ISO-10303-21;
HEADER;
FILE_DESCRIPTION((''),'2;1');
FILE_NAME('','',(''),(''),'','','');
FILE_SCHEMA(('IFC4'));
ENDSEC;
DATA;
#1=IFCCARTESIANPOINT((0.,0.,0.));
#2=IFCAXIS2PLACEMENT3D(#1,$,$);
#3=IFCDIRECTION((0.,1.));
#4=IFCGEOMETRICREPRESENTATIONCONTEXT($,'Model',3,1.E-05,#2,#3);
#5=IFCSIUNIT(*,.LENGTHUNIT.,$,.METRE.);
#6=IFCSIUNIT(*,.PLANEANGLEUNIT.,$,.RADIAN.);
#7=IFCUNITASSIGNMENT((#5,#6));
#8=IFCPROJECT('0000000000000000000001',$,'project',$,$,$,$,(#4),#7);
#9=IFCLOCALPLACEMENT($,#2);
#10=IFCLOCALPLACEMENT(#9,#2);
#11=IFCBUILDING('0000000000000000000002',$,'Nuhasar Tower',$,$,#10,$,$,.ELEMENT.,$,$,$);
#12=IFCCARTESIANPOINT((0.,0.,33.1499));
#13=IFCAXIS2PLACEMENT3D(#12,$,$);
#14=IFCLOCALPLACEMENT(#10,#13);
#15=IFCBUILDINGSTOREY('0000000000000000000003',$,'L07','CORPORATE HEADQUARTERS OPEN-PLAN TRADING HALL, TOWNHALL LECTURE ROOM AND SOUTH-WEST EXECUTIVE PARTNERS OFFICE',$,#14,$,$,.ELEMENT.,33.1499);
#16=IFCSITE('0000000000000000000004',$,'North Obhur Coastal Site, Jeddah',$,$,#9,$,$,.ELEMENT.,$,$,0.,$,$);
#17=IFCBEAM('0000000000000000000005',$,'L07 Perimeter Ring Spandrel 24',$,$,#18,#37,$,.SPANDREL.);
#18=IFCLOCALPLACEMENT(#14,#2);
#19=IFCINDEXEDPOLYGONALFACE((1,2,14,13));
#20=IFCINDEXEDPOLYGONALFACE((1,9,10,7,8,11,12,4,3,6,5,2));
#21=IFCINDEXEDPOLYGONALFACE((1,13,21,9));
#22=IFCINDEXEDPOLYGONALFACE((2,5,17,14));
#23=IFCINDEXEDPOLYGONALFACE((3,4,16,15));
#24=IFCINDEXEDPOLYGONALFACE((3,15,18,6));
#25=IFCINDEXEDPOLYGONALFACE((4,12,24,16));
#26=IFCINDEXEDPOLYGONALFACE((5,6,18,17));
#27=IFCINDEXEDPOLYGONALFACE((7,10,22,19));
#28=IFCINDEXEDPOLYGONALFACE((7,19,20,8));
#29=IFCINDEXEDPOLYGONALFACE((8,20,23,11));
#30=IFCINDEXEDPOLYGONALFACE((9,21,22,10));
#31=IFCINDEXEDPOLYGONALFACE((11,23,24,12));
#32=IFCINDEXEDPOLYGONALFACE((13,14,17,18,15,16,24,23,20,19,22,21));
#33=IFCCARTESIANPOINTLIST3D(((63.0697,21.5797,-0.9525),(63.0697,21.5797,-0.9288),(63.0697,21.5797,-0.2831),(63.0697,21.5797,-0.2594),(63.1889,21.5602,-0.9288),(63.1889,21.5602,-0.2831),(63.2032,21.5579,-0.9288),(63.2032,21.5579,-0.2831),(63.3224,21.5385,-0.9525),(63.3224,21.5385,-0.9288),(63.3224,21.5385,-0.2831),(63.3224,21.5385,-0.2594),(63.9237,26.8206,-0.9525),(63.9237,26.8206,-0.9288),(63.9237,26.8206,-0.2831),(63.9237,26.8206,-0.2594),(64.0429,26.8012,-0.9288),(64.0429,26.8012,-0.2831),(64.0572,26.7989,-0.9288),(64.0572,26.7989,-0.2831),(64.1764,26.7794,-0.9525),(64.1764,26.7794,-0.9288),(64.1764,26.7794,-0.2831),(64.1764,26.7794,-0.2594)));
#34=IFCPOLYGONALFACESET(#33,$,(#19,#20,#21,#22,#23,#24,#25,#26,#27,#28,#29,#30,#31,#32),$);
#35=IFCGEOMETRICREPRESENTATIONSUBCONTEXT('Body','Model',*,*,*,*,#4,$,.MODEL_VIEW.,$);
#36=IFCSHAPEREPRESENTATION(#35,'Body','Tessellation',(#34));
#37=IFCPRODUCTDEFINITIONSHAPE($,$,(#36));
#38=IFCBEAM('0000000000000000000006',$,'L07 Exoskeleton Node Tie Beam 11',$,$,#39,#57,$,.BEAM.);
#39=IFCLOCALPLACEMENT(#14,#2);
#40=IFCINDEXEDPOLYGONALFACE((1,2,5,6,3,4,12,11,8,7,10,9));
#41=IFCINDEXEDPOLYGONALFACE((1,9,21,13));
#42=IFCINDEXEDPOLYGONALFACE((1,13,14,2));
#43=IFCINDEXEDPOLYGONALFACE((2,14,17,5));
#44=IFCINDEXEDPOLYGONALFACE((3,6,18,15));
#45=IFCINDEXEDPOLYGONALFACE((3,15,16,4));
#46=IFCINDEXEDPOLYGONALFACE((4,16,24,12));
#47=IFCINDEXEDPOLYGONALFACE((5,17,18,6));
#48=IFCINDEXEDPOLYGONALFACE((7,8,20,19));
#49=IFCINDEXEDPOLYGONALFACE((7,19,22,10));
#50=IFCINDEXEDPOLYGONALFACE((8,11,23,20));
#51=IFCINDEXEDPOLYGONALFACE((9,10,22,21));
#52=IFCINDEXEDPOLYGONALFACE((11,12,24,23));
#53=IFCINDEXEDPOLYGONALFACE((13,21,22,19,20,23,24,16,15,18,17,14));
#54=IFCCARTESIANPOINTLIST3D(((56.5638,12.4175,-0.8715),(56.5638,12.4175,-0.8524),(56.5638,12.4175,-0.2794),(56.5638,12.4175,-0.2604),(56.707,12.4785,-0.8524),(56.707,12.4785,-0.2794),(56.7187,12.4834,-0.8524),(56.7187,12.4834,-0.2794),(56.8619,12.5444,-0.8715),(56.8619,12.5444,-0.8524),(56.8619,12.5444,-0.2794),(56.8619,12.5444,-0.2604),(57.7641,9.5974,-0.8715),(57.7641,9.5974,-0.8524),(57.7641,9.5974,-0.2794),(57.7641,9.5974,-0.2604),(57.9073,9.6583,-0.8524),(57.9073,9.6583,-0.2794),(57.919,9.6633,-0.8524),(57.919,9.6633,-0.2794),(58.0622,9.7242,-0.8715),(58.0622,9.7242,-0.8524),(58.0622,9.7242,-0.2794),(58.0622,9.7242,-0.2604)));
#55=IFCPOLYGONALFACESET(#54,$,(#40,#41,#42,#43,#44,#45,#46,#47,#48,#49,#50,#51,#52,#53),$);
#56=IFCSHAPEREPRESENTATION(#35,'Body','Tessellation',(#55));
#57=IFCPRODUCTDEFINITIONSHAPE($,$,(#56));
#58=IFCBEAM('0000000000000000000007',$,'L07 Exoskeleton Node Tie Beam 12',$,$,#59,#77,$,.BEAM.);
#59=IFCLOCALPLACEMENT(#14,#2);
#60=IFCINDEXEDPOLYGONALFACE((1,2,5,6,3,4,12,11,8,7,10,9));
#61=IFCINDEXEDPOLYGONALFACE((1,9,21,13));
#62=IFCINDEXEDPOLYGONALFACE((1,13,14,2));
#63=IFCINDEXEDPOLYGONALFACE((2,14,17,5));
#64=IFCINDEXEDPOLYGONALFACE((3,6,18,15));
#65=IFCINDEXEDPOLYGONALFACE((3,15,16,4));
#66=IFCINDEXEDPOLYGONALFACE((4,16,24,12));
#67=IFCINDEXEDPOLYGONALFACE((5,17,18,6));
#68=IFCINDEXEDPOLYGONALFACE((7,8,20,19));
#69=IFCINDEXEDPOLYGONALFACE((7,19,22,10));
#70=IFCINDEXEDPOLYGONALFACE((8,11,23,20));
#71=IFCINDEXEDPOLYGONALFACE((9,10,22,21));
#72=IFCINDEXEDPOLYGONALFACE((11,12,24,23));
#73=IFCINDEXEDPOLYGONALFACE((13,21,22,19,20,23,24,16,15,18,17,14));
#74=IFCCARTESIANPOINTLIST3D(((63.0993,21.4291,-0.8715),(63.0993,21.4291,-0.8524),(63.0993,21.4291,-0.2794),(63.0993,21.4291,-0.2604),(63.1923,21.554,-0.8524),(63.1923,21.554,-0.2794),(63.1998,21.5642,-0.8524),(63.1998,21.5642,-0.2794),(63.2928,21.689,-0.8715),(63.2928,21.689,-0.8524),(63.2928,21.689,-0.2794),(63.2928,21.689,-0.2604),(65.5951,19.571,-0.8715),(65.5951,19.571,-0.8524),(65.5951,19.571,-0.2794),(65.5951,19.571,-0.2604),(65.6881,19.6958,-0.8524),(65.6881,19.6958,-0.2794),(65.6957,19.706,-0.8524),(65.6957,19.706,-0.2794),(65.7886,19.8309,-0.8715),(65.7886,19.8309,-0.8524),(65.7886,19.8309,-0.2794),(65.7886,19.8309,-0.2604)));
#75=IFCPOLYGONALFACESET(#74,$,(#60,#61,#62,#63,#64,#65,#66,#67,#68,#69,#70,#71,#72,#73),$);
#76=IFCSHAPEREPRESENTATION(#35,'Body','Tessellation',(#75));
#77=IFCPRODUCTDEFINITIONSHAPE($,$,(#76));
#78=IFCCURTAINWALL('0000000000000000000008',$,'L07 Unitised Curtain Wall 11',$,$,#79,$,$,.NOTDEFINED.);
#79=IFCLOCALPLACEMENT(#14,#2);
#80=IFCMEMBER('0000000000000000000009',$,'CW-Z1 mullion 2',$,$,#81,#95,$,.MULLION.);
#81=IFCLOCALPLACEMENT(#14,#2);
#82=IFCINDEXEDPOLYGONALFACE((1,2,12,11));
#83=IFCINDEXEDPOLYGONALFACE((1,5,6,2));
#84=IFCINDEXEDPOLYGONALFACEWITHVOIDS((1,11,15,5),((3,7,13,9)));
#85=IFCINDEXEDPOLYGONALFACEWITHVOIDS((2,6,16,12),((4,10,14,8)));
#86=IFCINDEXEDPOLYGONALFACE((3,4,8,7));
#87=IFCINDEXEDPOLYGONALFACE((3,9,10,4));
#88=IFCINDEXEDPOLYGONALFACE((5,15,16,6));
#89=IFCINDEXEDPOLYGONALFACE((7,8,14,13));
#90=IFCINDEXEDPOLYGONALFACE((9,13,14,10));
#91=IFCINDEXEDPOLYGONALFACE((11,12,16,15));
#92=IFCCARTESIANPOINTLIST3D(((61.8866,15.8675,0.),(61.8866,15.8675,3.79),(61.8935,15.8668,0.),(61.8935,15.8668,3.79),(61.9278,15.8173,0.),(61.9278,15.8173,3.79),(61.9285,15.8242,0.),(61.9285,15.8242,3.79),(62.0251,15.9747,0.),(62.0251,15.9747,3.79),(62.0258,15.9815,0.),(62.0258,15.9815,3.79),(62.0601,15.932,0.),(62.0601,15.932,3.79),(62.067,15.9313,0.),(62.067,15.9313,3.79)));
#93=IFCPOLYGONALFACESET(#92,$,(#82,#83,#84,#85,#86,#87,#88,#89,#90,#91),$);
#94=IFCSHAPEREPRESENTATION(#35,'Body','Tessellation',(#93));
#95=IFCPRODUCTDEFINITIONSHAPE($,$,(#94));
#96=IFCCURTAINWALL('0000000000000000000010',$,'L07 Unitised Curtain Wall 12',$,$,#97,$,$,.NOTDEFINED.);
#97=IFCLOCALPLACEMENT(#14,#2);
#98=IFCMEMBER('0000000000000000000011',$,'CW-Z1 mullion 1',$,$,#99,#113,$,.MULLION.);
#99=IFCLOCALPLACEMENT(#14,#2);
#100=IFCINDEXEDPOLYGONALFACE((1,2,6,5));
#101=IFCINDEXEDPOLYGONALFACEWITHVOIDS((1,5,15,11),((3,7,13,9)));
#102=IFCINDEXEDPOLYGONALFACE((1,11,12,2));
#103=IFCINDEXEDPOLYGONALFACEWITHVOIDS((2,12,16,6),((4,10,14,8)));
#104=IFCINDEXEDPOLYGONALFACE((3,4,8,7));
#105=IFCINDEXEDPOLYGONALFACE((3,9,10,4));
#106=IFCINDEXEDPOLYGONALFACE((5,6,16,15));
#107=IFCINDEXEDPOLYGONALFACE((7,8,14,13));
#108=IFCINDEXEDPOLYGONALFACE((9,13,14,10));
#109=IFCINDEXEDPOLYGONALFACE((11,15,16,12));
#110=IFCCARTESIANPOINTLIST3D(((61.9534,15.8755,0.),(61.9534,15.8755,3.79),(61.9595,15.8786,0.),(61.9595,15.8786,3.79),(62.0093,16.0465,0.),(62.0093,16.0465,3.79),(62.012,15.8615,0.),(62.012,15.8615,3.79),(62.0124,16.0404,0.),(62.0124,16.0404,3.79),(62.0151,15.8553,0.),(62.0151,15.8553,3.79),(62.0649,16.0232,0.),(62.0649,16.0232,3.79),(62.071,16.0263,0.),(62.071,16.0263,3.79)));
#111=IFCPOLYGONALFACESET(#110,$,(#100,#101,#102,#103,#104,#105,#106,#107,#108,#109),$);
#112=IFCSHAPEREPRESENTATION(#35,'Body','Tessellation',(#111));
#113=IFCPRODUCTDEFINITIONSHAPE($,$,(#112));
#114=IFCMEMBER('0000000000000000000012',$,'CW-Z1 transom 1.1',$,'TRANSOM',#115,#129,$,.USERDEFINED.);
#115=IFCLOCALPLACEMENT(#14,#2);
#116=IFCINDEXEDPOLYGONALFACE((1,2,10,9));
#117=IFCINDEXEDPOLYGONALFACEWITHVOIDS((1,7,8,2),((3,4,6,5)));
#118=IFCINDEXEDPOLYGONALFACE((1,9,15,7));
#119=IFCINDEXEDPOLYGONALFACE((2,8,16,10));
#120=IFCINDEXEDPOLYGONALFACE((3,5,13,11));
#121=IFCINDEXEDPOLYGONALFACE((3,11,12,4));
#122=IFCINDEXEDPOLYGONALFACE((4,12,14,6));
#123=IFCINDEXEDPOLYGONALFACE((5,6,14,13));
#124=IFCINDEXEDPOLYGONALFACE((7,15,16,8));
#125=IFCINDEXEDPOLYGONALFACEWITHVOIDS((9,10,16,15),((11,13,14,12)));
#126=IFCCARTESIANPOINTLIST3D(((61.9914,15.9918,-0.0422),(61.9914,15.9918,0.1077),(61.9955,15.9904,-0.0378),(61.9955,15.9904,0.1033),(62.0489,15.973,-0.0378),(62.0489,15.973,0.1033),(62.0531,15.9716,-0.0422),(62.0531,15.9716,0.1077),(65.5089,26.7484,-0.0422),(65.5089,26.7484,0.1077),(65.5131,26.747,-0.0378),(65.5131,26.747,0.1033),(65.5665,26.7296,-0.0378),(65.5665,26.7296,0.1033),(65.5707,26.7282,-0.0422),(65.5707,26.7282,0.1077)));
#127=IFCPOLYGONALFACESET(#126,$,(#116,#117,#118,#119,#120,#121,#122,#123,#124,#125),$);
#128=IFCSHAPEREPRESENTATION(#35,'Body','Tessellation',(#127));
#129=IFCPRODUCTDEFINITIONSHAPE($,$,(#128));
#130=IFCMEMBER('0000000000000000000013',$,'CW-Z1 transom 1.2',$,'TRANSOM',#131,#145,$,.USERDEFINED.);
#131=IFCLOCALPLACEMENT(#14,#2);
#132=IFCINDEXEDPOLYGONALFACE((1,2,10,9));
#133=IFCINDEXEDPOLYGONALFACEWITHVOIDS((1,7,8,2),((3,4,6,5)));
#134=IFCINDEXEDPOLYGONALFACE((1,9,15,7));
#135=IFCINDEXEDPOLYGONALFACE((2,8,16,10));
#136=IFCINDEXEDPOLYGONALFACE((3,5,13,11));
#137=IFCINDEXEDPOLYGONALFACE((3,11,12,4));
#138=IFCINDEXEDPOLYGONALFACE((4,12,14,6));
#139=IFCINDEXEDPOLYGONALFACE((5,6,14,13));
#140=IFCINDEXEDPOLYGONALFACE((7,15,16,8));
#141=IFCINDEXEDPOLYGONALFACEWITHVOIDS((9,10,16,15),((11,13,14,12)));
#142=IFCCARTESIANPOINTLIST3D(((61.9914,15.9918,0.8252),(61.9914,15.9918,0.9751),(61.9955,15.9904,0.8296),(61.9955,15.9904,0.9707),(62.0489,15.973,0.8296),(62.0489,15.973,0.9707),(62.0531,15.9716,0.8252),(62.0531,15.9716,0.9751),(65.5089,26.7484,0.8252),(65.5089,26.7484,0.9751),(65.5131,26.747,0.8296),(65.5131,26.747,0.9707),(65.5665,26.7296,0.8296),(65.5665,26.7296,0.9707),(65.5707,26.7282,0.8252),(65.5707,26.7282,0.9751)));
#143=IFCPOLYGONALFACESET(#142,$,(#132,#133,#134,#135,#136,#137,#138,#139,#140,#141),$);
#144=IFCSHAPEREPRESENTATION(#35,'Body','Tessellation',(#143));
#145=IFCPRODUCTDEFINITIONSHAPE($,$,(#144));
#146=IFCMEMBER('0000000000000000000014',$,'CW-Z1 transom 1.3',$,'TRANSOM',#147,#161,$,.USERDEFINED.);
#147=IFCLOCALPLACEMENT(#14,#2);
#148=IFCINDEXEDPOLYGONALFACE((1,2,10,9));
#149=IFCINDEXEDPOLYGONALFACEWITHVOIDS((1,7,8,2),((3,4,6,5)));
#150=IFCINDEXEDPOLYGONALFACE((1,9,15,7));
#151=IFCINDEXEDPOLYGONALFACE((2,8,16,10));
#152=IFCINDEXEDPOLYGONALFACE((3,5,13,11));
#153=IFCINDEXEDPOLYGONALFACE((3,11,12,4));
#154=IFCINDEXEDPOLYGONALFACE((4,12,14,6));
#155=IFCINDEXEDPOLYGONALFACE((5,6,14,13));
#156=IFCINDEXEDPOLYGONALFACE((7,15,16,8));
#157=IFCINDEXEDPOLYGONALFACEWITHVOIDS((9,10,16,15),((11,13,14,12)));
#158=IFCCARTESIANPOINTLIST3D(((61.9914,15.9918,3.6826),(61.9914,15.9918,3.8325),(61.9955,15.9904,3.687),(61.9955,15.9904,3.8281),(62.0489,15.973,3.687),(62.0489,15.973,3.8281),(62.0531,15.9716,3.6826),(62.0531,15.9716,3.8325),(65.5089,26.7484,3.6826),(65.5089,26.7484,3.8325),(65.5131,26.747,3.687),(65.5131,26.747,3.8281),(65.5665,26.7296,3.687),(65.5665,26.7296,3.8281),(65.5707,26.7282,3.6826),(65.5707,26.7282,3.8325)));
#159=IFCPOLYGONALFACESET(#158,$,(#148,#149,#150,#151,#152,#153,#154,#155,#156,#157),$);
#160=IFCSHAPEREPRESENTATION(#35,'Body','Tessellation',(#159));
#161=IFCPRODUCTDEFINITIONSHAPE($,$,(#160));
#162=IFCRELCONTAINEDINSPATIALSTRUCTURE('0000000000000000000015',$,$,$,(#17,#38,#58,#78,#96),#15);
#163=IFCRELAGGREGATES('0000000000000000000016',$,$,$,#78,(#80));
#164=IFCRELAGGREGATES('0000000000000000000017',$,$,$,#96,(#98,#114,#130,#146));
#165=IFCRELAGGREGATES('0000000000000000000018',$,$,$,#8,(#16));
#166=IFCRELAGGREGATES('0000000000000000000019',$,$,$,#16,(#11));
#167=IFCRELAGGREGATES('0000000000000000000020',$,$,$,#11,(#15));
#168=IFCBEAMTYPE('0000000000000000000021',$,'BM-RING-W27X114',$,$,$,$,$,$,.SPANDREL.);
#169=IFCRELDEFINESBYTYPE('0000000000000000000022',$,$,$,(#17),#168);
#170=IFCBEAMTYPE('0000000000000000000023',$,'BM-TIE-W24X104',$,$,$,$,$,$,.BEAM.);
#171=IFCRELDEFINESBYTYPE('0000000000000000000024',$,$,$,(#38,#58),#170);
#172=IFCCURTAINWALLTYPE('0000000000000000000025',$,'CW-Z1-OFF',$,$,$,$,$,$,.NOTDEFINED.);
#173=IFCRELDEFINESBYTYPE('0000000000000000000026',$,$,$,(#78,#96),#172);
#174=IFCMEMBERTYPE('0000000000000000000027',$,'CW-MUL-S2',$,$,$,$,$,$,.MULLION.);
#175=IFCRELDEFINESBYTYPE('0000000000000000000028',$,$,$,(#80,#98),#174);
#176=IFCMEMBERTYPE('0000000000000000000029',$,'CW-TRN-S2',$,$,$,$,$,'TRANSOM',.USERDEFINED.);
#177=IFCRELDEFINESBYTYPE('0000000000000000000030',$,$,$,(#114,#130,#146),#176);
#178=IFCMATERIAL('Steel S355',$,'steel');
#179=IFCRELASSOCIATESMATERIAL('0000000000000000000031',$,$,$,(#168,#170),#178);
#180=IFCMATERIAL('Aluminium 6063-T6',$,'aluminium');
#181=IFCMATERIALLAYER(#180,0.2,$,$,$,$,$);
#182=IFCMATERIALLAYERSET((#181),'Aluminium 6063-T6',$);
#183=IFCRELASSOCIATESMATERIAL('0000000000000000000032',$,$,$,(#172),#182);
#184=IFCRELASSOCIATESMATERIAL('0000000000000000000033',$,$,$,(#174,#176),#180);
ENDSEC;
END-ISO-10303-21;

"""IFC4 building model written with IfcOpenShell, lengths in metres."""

from ifc_helpers import new_model, si_unit, direction, frame, origin, origin_2d, place, context, subcontext, project, spatial, hollow_rectangle, i_section, extrude, material, layer, layer_set, material_profile, profile_set, type_object, element, aggregate, save


model = new_model("IFC4")

# Units and contexts
model_context = context("Model", 3, precision=1e-05, world=origin(), true_north=direction((0.0, 1.0)))
body_context = subcontext(model_context, "Body", "Model", "MODEL_VIEW")
ifc_project = project(units=[si_unit("LENGTHUNIT", "METRE"), si_unit("PLANEANGLEUNIT", "RADIAN")], contexts=[model_context])

# Site, building, storey
site_placement = place(None, origin())
site = spatial("IfcSite", under=ifc_project, at=site_placement, Name="North Obhur Coastal Site, Jeddah", CompositionType="ELEMENT", RefElevation=0.0)
building_placement = place(site_placement, origin())
building = spatial("IfcBuilding", under=site, at=building_placement, Name="Nuhasar Tower", CompositionType="ELEMENT")
storey_placement = place(building_placement, frame((0.0, 0.0, 33.1499)))
storey = spatial("IfcBuildingStorey", under=building, at=storey_placement, Name="L07", Description="CORPORATE HEADQUARTERS OPEN-PLAN TRADING HALL, TOWNHALL LECTURE ROOM AND SOUTH-WEST EXECUTIVE PARTNERS OFFICE", CompositionType="ELEMENT", Elevation=33.1499)

# Beams
ifc_material_1 = material(Name="Steel S355", Category="steel")
ifc_material_profile_1 = material_profile(ifc_material_1, i_section(OverallWidth=0.2561, OverallDepth=0.6931, WebThickness=0.0144, FlangeThickness=0.0237, at=origin_2d()), Name="W27X114")
ifc_profile_set_1 = profile_set([ifc_material_profile_1], Name="Steel S355")
beam_type_1 = type_object("IfcBeamType", Name="BM-RING-W27X114", PredefinedType="SPANDREL", material=ifc_profile_set_1)
beam_1_placement = place(storey_placement, frame((63.196, 21.5591, -0.606), z_axis=(0.160827, 0.986983, 0.0), x_axis=(-0.986983, 0.160827, 0.0)))
element("IfcBeam", 1, at=beam_1_placement, inside=storey, type_object=beam_type_1, Name="L07 Perimeter Ring Spandrel 24", PredefinedType="SPANDREL", context=body_context, shape_type="SweptSolid", body=[
    extrude(i_section(OverallWidth=0.2561, OverallDepth=0.6931, WebThickness=0.0144, FlangeThickness=0.0237, at=origin_2d()), origin(), (0.0, 0.0, 1.0), 5.3101),
])
ifc_material_profile_2 = material_profile(ifc_material_1, i_section(OverallWidth=0.324, OverallDepth=0.6111, WebThickness=0.0127, FlangeThickness=0.019, at=origin_2d()), Name="W24X104")
ifc_profile_set_2 = profile_set([ifc_material_profile_2], Name="Steel S355")
beam_type_2 = type_object("IfcBeamType", Name="BM-TIE-W24X104", PredefinedType="BEAM", material=ifc_profile_set_2)
beam_2_placement = place(storey_placement, frame((56.7129, 12.481, -0.5659), z_axis=(0.391601, -0.920135, 0.0), x_axis=(0.920135, 0.391601, 0.0)))
element("IfcBeam", 2, at=beam_2_placement, inside=storey, type_object=beam_type_2, Name="L07 Exoskeleton Node Tie Beam 11", PredefinedType="BEAM", context=body_context, shape_type="SweptSolid", body=[
    extrude(i_section(OverallWidth=0.324, OverallDepth=0.6111, WebThickness=0.0127, FlangeThickness=0.019, at=origin_2d()), origin(), (0.0, 0.0, 1.0), 3.0649),
])
beam_3_placement = place(storey_placement, frame((63.196, 21.5591, -0.5659), z_axis=(0.802113, -0.597172, 0.0), x_axis=(0.597172, 0.802113, 0.0)))
element("IfcBeam", 3, at=beam_3_placement, inside=storey, type_object=beam_type_2, Name="L07 Exoskeleton Node Tie Beam 12", PredefinedType="BEAM", context=body_context, shape_type="SweptSolid", body=[
    extrude(i_section(OverallWidth=0.324, OverallDepth=0.6111, WebThickness=0.0127, FlangeThickness=0.019, at=origin_2d()), origin(), (0.0, 0.0, 1.0), 3.1116),
])

# Curtain wall, member
ifc_material_2 = material(Name="Aluminium 6063-T6", Category="aluminium")
ifc_layer_1 = layer(ifc_material_2, 0.2)
ifc_layer_set_1 = layer_set([ifc_layer_1], Name="Aluminium 6063-T6")
curtain_wall_type = type_object("IfcCurtainWallType", Name="CW-Z1-OFF", PredefinedType="NOTDEFINED", material=ifc_layer_set_1)
curtain_wall_1_placement = place(storey_placement, origin())
curtain_wall_1 = element("IfcCurtainWall", 4, at=curtain_wall_1_placement, inside=storey, type_object=curtain_wall_type, Name="L07 Unitised Curtain Wall 11", PredefinedType="NOTDEFINED")
ifc_material_profile_3 = material_profile(ifc_material_2, hollow_rectangle(XDim=0.0649, YDim=0.1799, WallThickness=0.0049, at=origin_2d()), Name="CWM-2")
ifc_profile_set_3 = profile_set([ifc_material_profile_3], Name="Aluminium 6063-T6")
member_type_1 = type_object("IfcMemberType", Name="CW-MUL-S2", PredefinedType="MULLION", material=ifc_profile_set_3)
member_1_placement = place(storey_placement, frame((61.9768, 15.8994, 0.0), z_axis=(0.0, 0.0, 1.0), x_axis=(-0.633745, 0.773542, 0.0)))
member_1 = element("IfcMember", 5, at=member_1_placement, type_object=member_type_1, Name="CW-Z1 mullion 2", PredefinedType="MULLION", context=body_context, shape_type="SweptSolid", body=[
    extrude(hollow_rectangle(XDim=0.0649, YDim=0.1799, WallThickness=0.0049, at=origin_2d()), origin(), (0.0, 0.0, 1.0), 3.79),
])

# Curtain wall, members
curtain_wall_2_placement = place(storey_placement, origin())
curtain_wall_2 = element("IfcCurtainWall", 6, at=curtain_wall_2_placement, inside=storey, type_object=curtain_wall_type, Name="L07 Unitised Curtain Wall 12", PredefinedType="NOTDEFINED")
member_2_placement = place(storey_placement, frame((62.0122, 15.9509, 0.0), z_axis=(0.0, 0.0, 1.0), x_axis=(-0.950468, 0.310824, 0.0)))
member_2 = element("IfcMember", 7, at=member_2_placement, type_object=member_type_1, Name="CW-Z1 mullion 1", PredefinedType="MULLION", context=body_context, shape_type="SweptSolid", body=[
    extrude(hollow_rectangle(XDim=0.0649, YDim=0.1799, WallThickness=0.0049, at=origin_2d()), origin(), (0.0, 0.0, 1.0), 3.79),
])
ifc_material_profile_4 = material_profile(ifc_material_2, hollow_rectangle(XDim=0.0649, YDim=0.1499, WallThickness=0.0044, at=origin_2d()), Name="CWT-2")
ifc_profile_set_4 = profile_set([ifc_material_profile_4], Name="Aluminium 6063-T6")
member_type_2 = type_object("IfcMemberType", Name="CW-TRN-S2", ElementType="TRANSOM", PredefinedType="USERDEFINED", material=ifc_profile_set_4)
member_3_placement = place(storey_placement, frame((62.0222, 15.9817, 0.0327), z_axis=(0.310819, 0.950469, 0.0), x_axis=(-0.950469, 0.310819, 0.0)))
member_3 = element("IfcMember", 8, at=member_3_placement, type_object=member_type_2, Name="CW-Z1 transom 1.1", ObjectType="TRANSOM", PredefinedType="USERDEFINED", context=body_context, shape_type="SweptSolid", body=[
    extrude(hollow_rectangle(XDim=0.0649, YDim=0.1499, WallThickness=0.0044, at=origin_2d()), origin(), (0.0, 0.0, 1.0), 11.3171),
])
member_4_placement = place(storey_placement, frame((62.0222, 15.9817, 0.9001), z_axis=(0.310819, 0.950469, 0.0), x_axis=(-0.950469, 0.310819, 0.0)))
member_4 = element("IfcMember", 9, at=member_4_placement, type_object=member_type_2, Name="CW-Z1 transom 1.2", ObjectType="TRANSOM", PredefinedType="USERDEFINED", context=body_context, shape_type="SweptSolid", body=[
    extrude(hollow_rectangle(XDim=0.0649, YDim=0.1499, WallThickness=0.0044, at=origin_2d()), origin(), (0.0, 0.0, 1.0), 11.3171),
])
member_5_placement = place(storey_placement, frame((62.0222, 15.9817, 3.7576), z_axis=(0.310819, 0.950469, 0.0), x_axis=(-0.950469, 0.310819, 0.0)))
member_5 = element("IfcMember", 10, at=member_5_placement, type_object=member_type_2, Name="CW-Z1 transom 1.3", ObjectType="TRANSOM", PredefinedType="USERDEFINED", context=body_context, shape_type="SweptSolid", body=[
    extrude(hollow_rectangle(XDim=0.0649, YDim=0.1499, WallThickness=0.0044, at=origin_2d()), origin(), (0.0, 0.0, 1.0), 11.3171),
])

aggregate(curtain_wall_1, [member_1])
aggregate(curtain_wall_2, [member_2, member_3, member_4, member_5])

save(model, "model.ifc")
